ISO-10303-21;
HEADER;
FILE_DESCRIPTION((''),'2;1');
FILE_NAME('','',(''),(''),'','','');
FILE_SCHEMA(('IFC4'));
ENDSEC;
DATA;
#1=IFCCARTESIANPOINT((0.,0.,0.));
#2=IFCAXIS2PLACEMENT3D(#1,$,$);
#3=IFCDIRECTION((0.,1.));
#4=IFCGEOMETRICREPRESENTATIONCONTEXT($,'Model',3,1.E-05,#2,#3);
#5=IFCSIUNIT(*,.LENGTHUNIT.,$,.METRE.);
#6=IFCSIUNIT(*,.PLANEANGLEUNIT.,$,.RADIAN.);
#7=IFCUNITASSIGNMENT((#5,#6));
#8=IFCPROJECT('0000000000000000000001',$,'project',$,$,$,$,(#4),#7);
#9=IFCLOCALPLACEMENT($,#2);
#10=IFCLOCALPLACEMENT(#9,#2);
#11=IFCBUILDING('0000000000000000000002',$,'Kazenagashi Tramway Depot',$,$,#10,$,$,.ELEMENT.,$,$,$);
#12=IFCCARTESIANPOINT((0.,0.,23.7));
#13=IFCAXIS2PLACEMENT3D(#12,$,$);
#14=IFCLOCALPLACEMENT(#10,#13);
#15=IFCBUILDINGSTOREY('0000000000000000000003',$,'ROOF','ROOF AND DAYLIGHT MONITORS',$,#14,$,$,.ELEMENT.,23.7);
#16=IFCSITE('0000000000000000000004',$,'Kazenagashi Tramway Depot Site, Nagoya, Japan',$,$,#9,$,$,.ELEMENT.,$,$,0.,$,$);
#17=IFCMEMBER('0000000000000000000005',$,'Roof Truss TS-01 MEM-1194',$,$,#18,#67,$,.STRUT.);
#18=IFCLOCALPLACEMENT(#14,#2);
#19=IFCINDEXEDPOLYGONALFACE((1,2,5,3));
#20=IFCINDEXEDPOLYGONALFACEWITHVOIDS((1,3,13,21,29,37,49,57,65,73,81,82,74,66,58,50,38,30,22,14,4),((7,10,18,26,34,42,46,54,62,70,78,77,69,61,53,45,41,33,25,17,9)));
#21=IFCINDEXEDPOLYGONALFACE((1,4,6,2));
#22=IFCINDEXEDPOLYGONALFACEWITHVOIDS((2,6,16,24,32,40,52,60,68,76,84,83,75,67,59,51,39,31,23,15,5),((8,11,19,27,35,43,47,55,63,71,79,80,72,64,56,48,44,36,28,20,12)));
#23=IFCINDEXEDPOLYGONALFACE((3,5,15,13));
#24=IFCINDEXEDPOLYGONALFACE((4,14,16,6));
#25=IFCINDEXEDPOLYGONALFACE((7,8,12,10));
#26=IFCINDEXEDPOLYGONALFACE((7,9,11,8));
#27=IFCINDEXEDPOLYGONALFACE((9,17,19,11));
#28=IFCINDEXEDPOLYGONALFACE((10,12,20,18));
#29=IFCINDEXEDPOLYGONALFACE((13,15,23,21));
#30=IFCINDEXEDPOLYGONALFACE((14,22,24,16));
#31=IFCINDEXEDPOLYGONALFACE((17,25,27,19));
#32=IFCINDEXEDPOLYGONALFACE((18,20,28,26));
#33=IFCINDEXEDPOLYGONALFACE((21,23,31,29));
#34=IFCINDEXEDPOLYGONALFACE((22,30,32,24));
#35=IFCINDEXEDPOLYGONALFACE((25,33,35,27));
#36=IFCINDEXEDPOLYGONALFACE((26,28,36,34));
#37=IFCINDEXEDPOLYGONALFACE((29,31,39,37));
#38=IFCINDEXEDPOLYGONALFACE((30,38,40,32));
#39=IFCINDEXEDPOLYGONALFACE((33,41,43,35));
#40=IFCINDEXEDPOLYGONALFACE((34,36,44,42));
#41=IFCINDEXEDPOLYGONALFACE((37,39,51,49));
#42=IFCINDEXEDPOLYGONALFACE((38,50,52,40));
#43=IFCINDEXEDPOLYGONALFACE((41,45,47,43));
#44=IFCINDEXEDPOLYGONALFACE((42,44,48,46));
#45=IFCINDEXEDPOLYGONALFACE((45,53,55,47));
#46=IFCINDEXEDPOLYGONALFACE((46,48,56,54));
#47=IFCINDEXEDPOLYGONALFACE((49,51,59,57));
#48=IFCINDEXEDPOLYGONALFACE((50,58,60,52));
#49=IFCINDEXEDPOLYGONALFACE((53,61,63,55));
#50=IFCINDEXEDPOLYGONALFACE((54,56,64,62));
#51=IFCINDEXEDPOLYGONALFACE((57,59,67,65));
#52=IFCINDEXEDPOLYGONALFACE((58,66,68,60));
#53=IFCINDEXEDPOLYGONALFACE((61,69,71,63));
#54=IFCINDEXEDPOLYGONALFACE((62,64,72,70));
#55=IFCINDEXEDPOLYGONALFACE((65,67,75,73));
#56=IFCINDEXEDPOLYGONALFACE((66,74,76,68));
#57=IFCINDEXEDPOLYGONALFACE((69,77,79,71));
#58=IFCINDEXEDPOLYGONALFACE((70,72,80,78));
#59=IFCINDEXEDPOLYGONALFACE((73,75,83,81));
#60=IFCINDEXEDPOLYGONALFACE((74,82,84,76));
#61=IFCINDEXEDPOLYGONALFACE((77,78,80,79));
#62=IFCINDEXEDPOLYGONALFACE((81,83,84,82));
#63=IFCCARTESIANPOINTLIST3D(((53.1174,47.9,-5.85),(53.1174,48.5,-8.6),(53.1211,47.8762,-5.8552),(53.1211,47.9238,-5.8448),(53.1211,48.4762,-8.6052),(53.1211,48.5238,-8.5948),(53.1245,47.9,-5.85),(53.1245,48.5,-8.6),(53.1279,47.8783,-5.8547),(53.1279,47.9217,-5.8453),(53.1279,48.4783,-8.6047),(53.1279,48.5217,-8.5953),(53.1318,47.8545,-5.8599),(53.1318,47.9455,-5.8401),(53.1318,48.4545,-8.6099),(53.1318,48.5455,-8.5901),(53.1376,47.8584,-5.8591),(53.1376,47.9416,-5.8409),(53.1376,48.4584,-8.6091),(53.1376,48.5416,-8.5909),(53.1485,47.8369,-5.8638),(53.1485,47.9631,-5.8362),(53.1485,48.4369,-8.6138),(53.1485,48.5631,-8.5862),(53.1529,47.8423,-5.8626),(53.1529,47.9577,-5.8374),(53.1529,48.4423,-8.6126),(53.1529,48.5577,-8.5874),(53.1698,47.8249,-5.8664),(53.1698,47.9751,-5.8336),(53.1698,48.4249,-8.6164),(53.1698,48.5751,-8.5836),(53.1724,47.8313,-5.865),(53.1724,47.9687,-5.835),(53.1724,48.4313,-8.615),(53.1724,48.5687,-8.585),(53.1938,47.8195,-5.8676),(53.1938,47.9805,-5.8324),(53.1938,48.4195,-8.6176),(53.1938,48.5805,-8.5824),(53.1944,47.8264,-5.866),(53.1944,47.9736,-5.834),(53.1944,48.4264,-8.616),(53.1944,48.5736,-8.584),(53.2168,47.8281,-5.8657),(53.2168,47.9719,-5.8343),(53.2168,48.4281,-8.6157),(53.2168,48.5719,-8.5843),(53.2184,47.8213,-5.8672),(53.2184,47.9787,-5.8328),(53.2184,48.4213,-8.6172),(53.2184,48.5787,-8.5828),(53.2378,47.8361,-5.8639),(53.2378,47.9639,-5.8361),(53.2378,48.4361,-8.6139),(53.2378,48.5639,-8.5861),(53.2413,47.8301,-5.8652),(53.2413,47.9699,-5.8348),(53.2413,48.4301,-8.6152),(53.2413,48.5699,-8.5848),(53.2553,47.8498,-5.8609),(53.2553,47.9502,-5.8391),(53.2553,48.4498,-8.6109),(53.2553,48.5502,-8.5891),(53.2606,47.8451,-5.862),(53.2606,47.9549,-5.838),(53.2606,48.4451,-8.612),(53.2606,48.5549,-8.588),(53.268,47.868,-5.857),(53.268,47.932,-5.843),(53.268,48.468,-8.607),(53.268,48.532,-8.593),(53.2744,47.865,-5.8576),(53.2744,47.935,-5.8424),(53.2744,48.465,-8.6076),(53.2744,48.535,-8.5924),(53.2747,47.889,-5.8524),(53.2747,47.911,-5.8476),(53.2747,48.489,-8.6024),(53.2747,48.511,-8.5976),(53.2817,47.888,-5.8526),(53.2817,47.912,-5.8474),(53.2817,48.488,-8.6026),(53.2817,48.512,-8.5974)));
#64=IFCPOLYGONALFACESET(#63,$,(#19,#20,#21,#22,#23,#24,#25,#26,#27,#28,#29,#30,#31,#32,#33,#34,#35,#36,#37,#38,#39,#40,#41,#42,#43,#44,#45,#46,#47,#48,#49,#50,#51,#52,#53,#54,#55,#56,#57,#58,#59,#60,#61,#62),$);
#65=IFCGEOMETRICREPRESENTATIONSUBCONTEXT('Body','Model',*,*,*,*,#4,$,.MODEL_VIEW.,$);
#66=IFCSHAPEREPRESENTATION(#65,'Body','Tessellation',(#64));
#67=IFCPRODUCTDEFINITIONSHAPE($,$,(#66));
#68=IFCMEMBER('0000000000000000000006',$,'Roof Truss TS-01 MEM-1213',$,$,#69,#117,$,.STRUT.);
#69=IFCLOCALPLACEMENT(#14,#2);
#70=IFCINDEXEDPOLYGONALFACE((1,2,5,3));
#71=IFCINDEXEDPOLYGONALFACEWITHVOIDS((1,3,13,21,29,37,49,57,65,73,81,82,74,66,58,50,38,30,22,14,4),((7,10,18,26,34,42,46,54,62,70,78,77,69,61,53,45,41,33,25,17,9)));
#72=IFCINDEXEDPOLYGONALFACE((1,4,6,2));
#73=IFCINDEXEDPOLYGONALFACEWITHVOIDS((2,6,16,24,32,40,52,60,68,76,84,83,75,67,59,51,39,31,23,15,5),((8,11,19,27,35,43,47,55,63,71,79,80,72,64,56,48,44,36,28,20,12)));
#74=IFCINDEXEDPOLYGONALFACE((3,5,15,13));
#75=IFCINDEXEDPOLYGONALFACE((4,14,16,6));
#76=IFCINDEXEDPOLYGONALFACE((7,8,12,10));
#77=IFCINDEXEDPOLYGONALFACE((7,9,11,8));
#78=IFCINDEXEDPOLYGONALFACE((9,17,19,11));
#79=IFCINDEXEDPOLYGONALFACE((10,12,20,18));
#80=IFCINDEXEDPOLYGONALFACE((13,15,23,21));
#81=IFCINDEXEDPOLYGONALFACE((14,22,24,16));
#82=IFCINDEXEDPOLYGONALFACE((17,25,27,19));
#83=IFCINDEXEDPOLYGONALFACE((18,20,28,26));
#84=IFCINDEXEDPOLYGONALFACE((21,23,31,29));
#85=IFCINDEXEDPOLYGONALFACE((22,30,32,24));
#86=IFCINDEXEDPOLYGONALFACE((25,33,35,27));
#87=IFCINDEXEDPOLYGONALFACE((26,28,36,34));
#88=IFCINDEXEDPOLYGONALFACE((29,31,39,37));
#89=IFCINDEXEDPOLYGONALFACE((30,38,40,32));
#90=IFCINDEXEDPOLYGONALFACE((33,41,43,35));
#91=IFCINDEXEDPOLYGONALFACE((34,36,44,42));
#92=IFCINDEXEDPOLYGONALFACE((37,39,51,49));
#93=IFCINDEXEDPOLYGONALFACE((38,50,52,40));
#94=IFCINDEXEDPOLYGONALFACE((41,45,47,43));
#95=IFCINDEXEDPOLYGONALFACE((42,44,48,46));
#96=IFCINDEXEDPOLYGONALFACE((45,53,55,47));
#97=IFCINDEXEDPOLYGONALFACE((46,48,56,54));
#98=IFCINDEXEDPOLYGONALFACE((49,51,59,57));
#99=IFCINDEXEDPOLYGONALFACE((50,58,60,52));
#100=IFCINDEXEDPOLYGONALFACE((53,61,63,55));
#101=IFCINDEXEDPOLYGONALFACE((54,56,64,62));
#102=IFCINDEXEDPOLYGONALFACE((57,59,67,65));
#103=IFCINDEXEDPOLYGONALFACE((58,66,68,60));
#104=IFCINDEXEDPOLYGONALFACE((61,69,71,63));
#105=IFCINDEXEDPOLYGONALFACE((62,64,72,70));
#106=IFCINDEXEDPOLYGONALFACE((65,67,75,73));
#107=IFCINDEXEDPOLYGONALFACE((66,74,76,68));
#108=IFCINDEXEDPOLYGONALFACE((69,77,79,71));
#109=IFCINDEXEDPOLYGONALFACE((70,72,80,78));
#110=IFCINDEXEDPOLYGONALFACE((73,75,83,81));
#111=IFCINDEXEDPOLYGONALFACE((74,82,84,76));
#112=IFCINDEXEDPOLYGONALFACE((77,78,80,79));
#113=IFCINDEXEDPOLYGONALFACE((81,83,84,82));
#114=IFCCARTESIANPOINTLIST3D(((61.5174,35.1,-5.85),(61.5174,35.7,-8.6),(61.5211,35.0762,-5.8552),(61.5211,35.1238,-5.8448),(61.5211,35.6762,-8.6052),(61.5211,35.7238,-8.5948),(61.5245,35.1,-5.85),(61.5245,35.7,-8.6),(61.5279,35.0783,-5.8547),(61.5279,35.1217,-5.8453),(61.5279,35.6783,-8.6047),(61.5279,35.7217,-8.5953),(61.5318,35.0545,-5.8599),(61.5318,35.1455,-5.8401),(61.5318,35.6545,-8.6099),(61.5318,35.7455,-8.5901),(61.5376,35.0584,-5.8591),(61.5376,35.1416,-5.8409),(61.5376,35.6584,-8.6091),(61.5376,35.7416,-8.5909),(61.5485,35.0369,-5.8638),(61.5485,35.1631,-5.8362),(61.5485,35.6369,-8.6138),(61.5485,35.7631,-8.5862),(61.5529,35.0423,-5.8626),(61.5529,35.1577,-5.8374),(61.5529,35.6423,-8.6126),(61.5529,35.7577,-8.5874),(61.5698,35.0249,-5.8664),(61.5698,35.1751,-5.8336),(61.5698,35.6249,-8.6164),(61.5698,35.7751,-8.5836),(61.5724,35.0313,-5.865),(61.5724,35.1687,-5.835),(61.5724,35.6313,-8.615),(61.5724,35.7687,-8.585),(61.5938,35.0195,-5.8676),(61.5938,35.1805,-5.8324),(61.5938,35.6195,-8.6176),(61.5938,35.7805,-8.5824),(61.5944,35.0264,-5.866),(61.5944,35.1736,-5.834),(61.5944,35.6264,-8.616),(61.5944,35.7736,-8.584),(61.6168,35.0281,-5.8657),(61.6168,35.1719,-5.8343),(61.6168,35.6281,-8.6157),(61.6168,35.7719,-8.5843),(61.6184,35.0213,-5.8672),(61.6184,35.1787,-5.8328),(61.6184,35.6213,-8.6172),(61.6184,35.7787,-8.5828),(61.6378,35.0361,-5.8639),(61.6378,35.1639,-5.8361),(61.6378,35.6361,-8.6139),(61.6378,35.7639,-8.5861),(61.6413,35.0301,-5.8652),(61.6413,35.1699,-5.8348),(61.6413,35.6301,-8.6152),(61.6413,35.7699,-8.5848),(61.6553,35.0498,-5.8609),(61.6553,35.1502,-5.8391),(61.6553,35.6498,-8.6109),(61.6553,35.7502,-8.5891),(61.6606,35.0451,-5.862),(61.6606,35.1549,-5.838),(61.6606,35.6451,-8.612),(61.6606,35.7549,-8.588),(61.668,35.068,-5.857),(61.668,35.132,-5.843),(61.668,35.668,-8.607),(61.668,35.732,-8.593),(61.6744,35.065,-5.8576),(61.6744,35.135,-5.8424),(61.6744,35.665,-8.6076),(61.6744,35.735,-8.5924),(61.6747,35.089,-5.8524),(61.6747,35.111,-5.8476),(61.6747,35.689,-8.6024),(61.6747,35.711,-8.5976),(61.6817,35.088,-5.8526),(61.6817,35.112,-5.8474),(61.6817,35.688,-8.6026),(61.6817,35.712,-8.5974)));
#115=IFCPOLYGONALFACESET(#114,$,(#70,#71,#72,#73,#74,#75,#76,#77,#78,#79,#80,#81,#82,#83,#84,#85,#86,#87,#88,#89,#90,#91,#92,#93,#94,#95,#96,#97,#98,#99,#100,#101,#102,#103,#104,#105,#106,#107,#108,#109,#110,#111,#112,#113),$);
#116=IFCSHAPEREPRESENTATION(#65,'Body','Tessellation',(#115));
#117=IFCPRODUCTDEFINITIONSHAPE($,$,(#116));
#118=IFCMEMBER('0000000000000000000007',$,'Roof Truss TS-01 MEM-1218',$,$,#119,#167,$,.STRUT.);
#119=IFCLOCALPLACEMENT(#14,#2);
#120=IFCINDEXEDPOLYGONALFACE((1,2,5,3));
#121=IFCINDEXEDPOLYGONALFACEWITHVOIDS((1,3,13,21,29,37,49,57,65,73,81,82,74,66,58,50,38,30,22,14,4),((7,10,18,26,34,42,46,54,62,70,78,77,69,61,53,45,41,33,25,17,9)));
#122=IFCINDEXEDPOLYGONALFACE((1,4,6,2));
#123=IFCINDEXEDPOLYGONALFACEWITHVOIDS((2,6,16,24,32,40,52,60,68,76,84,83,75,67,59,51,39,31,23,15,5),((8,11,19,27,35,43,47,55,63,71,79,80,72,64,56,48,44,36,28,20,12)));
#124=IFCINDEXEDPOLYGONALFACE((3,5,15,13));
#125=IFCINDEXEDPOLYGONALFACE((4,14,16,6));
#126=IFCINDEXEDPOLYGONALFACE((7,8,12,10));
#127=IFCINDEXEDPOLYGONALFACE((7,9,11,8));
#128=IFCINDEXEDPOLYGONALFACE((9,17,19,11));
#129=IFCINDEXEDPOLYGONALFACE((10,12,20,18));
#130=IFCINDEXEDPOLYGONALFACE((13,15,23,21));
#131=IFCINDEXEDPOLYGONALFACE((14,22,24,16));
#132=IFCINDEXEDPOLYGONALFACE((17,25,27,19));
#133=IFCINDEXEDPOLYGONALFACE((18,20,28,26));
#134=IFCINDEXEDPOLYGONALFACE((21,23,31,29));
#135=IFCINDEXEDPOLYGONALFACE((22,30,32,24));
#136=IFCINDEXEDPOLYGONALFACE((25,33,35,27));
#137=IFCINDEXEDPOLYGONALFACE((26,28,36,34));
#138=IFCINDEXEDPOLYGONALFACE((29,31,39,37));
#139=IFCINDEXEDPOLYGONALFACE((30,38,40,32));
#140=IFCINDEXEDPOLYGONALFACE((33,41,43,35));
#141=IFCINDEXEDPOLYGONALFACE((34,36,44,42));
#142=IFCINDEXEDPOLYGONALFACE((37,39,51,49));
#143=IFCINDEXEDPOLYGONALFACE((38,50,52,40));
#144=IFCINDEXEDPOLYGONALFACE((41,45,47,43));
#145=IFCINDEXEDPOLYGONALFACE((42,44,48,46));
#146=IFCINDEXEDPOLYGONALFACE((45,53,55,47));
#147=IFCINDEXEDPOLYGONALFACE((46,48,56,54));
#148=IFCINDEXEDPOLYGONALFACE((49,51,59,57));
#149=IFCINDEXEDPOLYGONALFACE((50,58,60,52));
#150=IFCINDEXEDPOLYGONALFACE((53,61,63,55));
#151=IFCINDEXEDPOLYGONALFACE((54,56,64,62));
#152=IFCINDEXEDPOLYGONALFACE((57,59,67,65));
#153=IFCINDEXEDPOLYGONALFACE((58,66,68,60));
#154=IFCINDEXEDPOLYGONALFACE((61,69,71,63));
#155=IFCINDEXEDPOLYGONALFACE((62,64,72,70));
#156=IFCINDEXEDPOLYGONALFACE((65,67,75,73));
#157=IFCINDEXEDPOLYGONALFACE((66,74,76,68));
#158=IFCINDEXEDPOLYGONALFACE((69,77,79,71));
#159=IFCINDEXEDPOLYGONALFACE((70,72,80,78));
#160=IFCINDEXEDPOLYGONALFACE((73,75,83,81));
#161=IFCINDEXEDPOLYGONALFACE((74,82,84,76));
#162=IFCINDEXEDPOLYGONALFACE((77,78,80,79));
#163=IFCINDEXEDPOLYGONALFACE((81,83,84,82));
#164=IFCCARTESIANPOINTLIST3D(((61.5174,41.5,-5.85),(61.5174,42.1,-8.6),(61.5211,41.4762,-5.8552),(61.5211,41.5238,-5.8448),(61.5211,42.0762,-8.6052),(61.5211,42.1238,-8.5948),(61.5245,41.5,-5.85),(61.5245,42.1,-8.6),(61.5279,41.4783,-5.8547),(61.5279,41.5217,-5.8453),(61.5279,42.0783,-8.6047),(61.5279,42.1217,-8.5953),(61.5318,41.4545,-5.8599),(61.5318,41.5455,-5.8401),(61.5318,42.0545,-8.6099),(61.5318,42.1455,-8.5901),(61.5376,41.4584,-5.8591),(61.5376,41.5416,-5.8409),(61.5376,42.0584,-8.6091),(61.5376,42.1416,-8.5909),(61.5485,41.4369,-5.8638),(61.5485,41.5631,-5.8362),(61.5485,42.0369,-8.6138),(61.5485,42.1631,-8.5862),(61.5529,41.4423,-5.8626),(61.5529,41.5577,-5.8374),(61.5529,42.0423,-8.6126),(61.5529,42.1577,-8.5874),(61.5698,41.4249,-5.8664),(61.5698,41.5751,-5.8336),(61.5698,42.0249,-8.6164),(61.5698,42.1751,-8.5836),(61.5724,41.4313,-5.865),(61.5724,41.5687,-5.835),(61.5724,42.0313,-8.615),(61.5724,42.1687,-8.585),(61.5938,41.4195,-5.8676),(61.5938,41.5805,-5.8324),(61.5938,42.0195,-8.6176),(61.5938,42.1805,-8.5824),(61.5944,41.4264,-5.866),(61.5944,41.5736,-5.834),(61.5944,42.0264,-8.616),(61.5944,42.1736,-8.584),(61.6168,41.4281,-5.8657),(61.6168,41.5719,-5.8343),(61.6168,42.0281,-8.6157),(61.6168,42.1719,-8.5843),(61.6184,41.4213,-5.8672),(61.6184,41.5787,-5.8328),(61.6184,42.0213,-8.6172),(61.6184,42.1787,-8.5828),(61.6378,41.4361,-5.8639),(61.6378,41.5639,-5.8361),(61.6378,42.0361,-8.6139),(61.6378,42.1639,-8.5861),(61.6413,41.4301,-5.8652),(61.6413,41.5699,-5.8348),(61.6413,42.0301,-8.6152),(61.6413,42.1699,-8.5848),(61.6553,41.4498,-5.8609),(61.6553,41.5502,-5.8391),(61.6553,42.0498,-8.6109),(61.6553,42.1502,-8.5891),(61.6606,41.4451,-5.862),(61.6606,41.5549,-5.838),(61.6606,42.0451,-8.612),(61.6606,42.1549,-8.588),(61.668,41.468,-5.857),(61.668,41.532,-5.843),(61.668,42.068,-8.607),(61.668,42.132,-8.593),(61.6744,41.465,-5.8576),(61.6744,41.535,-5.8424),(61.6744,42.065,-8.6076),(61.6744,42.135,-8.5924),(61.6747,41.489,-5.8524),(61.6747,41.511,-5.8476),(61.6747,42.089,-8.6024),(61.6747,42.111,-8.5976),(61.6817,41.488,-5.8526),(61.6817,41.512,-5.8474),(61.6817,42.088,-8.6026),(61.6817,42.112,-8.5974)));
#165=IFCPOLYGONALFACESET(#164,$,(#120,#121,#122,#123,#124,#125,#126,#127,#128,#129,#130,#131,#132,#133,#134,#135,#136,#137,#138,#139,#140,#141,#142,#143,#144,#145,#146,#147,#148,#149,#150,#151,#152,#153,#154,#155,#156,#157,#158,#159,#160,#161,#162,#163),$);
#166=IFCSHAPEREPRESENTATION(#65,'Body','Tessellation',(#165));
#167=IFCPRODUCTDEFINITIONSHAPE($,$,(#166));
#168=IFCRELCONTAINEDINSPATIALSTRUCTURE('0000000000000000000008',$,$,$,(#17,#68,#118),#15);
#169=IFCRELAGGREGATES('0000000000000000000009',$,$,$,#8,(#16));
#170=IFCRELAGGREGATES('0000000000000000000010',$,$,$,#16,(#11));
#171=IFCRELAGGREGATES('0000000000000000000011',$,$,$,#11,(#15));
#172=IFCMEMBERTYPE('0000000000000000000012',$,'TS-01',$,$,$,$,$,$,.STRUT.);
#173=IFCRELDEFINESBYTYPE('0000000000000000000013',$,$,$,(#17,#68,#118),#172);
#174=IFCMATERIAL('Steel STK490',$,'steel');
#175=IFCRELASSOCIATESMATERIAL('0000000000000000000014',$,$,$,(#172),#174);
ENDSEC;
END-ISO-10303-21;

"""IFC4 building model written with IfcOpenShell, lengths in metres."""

from ifc_helpers import new_model, si_unit, direction, frame, origin, origin_2d, place, context, subcontext, project, spatial, hollow_circle, extrude, material, material_profile, profile_set, type_object, element, save


model = new_model("IFC4")

# Units and contexts
model_context = context("Model", 3, precision=1e-05, world=origin(), true_north=direction((0.0, 1.0)))
body_context = subcontext(model_context, "Body", "Model", "MODEL_VIEW")
ifc_project = project(units=[si_unit("LENGTHUNIT", "METRE"), si_unit("PLANEANGLEUNIT", "RADIAN")], contexts=[model_context])

# Site, building, storey
site_placement = place(None, origin())
site = spatial("IfcSite", under=ifc_project, at=site_placement, Name="Kazenagashi Tramway Depot Site, Nagoya, Japan", CompositionType="ELEMENT", RefElevation=0.0)
building_placement = place(site_placement, origin())
building = spatial("IfcBuilding", under=site, at=building_placement, Name="Kazenagashi Tramway Depot", CompositionType="ELEMENT")
storey_placement = place(building_placement, frame((0.0, 0.0, 23.7)))
storey = spatial("IfcBuildingStorey", under=building, at=storey_placement, Name="ROOF", Description="ROOF AND DAYLIGHT MONITORS", CompositionType="ELEMENT", Elevation=23.7)

# Members
ifc_material_1 = material(Name="Steel STK490", Category="steel")
ifc_material_profile_1 = material_profile(ifc_material_1, hollow_circle(Radius=0.0826, WallThickness=0.0071, at=origin_2d()), Name="CHS-165.2x7.1")
ifc_profile_set_1 = profile_set([ifc_material_profile_1], Name="Steel STK490")
member_type_1 = type_object("IfcMemberType", Name="TS-01", PredefinedType="STRUT", material=ifc_profile_set_1)
for number, where, z_axis, x_axis, name in (
    (1, (53.2, 47.9, -5.85), (0.0, 0.213167, -0.977016), (-1.0, 0.0, 0.0), "Roof Truss TS-01 MEM-1194"),
    (2, (61.6, 35.1, -5.85), (0.0, 0.213167, -0.977016), (-1.0, 0.0, 0.0), "Roof Truss TS-01 MEM-1213"),
    (3, (61.6, 41.5, -5.85), (0.0, 0.213167, -0.977016), (-1.0, 0.0, 0.0), "Roof Truss TS-01 MEM-1218"),
):
    element("IfcMember", number, at=place(storey_placement, frame(where, z_axis=z_axis, x_axis=x_axis)), inside=storey, type_object=member_type_1, Name=name, PredefinedType="STRUT", context=body_context, shape_type="SweptSolid", body=[
        extrude(hollow_circle(Radius=0.0826, WallThickness=0.0071, at=origin_2d()), origin(), (0.0, 0.0, 1.0), 2.8147),
    ])

save(model, "model.ifc")
